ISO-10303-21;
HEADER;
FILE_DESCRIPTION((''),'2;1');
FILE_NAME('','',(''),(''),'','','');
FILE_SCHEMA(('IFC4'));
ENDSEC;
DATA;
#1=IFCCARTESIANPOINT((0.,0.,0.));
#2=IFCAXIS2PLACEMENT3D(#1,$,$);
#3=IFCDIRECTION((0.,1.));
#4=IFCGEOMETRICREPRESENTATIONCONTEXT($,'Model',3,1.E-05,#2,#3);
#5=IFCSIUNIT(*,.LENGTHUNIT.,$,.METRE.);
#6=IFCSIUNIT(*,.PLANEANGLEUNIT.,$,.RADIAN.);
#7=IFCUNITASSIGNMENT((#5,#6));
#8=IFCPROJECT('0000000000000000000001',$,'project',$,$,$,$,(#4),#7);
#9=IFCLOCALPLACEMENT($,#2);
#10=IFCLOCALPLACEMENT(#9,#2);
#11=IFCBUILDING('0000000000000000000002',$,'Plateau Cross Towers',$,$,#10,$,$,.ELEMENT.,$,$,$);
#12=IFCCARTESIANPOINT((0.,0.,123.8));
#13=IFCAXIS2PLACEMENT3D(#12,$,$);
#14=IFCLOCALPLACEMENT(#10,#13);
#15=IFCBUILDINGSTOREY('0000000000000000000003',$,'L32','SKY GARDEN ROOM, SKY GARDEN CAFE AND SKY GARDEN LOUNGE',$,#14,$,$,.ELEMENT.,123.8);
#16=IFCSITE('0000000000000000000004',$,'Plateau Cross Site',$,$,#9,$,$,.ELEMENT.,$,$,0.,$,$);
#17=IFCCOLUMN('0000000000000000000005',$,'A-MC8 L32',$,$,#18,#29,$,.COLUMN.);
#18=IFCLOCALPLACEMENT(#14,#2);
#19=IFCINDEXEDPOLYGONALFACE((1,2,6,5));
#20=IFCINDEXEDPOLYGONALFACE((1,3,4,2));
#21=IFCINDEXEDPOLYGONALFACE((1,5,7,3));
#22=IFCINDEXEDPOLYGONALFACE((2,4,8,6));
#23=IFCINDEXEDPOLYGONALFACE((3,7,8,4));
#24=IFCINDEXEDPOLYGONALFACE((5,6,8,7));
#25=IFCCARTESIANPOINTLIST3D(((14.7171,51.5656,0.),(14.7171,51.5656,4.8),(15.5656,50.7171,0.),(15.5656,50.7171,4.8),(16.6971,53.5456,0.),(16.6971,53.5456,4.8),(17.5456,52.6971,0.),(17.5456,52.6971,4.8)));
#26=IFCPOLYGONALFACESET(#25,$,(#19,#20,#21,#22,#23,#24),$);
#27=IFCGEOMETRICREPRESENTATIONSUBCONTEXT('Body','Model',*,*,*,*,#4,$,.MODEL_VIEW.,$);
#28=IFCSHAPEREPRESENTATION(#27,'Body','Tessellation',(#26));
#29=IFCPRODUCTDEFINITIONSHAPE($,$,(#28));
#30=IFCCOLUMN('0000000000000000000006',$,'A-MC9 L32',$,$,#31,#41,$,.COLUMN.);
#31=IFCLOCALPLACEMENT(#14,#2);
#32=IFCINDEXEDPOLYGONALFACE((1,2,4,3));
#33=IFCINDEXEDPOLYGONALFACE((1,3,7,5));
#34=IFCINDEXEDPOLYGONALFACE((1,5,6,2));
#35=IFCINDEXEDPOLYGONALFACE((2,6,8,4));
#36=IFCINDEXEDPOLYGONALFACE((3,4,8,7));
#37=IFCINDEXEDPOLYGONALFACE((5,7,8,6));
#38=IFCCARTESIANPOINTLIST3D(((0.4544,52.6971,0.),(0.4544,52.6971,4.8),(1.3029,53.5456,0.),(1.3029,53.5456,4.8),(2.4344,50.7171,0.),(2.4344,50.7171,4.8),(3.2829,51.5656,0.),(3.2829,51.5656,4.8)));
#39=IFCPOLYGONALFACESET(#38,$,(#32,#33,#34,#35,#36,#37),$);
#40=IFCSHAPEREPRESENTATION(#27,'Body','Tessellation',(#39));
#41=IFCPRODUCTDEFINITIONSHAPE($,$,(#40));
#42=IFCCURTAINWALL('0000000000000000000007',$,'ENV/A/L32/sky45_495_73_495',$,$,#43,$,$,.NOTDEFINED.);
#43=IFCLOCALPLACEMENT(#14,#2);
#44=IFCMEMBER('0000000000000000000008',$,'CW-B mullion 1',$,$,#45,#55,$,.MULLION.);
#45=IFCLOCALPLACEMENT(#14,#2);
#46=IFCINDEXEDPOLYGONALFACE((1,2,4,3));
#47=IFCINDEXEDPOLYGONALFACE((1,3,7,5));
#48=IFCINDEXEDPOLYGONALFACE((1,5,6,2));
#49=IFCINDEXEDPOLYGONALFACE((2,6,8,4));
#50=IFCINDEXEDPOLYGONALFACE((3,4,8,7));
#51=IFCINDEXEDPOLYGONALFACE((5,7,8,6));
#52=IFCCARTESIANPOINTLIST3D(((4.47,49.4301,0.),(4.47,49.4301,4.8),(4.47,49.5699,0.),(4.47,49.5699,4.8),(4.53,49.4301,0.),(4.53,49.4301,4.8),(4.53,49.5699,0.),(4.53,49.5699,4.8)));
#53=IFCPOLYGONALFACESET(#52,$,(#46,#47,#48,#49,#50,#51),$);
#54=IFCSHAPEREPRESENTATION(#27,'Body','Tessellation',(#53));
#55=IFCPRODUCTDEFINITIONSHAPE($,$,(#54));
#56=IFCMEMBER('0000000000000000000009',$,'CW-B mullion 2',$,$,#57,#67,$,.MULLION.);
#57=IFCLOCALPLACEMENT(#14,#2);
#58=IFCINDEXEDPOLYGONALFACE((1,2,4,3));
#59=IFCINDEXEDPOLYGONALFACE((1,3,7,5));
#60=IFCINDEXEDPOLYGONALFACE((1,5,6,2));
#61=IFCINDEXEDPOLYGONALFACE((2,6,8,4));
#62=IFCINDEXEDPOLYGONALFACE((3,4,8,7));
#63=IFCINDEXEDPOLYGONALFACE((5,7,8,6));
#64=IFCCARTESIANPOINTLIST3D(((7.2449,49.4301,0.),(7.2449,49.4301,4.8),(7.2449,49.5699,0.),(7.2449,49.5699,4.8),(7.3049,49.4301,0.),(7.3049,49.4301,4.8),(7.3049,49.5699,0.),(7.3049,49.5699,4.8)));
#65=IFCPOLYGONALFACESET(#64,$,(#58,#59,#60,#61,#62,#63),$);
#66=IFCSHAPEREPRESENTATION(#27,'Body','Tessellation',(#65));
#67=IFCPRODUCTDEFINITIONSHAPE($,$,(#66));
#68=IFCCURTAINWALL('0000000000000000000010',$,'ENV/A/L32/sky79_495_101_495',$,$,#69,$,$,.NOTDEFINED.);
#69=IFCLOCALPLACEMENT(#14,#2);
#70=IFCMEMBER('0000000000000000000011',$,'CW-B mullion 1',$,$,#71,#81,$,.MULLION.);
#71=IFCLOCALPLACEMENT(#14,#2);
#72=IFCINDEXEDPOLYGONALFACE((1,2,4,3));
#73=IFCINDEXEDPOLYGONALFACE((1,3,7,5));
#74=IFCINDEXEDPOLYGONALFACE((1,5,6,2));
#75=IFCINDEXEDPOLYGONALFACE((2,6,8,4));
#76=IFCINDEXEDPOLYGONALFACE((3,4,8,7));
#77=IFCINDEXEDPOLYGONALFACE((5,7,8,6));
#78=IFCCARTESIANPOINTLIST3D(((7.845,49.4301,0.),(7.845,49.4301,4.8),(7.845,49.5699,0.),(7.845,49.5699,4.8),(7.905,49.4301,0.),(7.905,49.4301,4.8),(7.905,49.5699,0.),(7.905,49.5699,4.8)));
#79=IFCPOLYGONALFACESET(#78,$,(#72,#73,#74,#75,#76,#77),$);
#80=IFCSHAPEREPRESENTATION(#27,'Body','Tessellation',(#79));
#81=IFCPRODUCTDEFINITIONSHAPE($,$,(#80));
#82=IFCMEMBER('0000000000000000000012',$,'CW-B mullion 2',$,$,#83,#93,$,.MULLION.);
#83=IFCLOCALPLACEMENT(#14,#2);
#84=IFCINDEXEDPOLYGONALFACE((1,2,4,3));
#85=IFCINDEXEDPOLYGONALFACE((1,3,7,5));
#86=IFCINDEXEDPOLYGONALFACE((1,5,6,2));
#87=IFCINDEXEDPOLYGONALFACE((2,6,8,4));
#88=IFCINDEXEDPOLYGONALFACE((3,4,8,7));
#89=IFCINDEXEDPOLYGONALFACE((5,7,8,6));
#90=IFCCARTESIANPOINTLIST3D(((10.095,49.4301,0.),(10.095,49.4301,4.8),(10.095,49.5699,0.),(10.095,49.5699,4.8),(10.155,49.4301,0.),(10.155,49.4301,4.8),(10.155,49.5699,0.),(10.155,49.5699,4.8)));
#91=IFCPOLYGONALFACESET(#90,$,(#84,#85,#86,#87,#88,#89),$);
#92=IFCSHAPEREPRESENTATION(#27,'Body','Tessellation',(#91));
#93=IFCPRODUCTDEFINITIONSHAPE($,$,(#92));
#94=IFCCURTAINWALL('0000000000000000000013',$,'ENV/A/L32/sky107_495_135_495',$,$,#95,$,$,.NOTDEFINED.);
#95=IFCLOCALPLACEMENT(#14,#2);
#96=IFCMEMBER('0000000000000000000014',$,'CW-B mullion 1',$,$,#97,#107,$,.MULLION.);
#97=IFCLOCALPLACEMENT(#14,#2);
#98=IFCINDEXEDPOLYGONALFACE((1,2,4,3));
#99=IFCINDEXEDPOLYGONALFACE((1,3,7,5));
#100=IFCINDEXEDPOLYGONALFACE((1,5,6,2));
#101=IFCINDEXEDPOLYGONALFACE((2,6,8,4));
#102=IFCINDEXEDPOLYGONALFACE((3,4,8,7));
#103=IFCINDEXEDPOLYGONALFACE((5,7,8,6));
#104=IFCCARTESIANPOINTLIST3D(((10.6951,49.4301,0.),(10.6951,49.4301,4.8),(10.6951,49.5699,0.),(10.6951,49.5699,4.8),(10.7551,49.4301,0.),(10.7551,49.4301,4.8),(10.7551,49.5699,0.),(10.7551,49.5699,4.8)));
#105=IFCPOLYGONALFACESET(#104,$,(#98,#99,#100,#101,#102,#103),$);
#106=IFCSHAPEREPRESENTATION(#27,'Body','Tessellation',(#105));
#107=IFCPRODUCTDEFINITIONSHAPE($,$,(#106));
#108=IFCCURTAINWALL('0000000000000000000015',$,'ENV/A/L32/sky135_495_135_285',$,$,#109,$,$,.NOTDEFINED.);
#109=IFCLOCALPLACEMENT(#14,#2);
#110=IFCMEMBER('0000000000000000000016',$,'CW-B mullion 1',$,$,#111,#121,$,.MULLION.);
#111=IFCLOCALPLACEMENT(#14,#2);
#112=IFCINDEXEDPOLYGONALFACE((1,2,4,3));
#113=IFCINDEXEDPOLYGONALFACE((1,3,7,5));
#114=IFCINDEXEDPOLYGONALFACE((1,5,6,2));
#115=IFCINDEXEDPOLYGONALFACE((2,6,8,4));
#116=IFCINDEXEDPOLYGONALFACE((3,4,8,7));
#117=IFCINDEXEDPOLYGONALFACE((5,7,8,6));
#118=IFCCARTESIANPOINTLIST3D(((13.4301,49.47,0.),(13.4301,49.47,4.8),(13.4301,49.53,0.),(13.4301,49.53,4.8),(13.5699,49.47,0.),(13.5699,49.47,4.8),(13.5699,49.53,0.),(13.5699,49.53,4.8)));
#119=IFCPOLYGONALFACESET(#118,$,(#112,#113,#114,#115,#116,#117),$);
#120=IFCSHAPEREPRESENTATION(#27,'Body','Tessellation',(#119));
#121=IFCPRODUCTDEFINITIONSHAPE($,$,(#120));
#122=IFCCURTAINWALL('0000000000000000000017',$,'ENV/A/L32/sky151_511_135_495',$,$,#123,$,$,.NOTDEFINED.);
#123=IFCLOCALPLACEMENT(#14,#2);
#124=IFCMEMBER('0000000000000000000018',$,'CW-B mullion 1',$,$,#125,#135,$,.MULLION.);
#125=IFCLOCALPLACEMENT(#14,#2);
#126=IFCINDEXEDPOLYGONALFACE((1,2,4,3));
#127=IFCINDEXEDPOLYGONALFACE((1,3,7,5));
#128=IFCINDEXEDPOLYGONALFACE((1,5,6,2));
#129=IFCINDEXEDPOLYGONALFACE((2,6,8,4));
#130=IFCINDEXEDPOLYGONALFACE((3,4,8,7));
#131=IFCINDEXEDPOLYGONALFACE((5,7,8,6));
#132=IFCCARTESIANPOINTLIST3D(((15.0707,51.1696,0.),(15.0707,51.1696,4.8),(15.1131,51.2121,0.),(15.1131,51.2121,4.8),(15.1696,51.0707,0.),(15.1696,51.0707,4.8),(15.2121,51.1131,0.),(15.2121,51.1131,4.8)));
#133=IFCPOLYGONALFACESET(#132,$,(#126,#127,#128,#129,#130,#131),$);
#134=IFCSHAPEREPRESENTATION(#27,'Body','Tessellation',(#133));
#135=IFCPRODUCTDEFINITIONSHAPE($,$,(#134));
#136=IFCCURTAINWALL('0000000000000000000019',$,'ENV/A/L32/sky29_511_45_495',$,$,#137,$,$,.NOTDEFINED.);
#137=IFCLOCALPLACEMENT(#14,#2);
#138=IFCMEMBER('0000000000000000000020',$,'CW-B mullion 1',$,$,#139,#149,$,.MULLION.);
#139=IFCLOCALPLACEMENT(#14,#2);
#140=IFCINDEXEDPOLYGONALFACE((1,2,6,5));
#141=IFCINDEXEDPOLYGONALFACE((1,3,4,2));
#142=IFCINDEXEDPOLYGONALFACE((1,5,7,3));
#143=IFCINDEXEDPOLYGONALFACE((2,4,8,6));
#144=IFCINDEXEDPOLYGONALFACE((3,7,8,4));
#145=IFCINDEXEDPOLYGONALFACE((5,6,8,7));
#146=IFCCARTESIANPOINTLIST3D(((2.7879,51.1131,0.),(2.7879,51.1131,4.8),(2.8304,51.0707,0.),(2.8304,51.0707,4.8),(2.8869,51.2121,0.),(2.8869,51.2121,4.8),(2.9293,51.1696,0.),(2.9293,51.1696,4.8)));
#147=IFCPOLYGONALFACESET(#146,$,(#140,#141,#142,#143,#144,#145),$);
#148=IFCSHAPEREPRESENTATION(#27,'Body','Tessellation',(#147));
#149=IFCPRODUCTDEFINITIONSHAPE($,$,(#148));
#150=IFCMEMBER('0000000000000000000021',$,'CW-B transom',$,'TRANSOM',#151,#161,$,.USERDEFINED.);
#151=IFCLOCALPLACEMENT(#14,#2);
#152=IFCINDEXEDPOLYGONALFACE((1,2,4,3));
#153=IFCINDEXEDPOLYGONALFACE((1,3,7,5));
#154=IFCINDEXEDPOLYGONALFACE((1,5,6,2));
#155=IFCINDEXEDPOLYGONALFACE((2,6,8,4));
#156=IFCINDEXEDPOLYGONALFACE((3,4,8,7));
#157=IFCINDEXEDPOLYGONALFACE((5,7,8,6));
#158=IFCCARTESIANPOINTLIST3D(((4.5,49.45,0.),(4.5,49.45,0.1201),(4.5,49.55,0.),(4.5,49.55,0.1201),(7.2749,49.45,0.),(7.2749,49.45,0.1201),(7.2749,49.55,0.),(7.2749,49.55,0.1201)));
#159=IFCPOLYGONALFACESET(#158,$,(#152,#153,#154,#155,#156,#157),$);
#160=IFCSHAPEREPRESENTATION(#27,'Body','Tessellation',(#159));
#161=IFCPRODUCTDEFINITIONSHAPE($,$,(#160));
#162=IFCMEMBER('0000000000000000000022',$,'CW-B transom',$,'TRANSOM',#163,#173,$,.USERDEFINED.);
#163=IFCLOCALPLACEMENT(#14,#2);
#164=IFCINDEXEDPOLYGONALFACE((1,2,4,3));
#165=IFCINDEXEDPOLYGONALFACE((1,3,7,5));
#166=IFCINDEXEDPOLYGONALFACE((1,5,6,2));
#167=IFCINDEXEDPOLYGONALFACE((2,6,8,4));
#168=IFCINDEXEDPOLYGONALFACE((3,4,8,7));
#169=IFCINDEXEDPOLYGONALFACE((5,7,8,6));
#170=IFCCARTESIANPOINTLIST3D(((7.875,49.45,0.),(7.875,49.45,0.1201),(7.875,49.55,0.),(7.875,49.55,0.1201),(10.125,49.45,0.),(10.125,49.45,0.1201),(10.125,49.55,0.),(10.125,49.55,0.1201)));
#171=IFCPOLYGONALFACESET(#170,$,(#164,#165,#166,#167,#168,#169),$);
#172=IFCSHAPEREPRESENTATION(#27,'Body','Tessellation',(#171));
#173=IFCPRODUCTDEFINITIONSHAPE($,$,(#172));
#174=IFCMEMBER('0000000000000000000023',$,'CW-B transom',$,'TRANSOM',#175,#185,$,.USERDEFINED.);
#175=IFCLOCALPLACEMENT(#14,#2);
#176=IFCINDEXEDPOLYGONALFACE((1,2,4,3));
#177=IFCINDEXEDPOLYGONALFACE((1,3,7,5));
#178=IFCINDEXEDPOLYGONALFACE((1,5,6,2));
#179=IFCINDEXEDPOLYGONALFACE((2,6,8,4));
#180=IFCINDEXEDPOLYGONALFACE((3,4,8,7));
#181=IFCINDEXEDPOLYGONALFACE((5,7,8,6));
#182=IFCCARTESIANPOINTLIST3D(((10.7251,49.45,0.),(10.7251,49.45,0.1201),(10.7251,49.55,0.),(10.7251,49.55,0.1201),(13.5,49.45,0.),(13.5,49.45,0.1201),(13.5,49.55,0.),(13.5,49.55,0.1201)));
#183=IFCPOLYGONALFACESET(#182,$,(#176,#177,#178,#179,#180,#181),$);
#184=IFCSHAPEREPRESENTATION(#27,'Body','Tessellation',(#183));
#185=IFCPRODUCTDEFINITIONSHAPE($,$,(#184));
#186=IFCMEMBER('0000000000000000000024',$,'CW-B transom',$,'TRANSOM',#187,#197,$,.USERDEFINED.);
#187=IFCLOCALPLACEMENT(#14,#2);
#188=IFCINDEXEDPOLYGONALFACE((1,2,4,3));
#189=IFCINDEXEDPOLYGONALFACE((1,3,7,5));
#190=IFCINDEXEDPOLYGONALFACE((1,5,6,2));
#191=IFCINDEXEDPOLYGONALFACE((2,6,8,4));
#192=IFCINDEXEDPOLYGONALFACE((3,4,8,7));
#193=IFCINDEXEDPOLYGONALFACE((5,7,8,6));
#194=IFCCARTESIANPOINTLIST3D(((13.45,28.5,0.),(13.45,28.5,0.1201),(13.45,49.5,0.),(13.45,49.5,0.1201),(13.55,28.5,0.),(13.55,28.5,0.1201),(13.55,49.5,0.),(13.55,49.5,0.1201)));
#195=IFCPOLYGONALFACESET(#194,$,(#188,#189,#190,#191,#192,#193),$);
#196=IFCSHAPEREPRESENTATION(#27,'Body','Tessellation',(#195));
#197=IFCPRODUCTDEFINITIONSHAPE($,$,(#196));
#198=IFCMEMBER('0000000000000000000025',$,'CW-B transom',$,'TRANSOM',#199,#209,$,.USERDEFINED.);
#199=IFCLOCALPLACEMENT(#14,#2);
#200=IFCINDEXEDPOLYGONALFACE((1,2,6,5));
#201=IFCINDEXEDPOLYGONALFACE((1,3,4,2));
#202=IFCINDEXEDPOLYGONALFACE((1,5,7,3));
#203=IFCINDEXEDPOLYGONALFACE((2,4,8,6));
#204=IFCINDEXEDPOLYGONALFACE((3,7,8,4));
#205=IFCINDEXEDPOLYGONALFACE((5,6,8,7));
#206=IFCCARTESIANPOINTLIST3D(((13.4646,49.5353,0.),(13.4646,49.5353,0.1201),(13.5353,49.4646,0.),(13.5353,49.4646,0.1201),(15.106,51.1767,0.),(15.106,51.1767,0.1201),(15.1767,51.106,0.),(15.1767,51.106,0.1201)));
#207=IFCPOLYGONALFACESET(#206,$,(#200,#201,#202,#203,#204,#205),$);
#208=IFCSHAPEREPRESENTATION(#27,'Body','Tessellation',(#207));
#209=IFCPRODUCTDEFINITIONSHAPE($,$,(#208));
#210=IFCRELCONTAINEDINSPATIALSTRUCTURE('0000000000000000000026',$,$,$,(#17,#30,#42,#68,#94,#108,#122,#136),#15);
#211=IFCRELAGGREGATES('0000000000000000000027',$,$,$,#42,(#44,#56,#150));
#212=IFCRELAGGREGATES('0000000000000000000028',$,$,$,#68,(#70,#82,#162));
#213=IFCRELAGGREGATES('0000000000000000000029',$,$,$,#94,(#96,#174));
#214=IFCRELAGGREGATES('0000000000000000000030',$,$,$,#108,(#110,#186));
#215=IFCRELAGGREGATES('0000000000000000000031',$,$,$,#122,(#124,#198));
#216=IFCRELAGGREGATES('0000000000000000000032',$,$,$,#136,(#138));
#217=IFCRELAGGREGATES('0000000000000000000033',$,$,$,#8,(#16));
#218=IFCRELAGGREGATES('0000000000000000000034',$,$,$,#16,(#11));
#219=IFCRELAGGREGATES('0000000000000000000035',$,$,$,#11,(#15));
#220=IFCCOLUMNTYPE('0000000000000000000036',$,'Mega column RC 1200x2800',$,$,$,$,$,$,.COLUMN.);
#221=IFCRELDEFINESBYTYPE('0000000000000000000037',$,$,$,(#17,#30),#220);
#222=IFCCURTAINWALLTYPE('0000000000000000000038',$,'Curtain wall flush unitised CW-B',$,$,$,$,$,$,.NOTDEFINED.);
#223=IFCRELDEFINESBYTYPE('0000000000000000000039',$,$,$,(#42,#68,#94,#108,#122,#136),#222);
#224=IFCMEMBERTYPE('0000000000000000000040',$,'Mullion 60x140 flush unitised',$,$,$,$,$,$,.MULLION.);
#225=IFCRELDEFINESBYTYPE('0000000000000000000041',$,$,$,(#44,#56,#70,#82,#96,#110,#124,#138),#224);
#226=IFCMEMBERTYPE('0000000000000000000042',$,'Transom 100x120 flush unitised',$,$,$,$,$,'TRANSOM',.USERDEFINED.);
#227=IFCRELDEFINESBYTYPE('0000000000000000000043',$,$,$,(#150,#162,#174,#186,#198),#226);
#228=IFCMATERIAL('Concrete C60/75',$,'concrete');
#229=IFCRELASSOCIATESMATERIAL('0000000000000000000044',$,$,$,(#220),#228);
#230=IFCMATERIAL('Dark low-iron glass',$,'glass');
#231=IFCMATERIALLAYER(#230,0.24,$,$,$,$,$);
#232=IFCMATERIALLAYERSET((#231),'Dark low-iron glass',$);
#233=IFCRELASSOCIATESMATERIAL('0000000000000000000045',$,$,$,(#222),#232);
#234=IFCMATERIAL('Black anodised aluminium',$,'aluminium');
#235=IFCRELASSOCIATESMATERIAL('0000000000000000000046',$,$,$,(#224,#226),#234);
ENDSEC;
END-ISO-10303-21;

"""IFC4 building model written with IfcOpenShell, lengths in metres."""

from ifc_helpers import new_model, si_unit, direction, frame, origin, origin_2d, place, context, subcontext, project, spatial, rectangle, extrude, material, layer, layer_set, material_profile, profile_set, type_object, element, aggregate, save


model = new_model("IFC4")

# Units and contexts
model_context = context("Model", 3, precision=1e-05, world=origin(), true_north=direction((0.0, 1.0)))
body_context = subcontext(model_context, "Body", "Model", "MODEL_VIEW")
ifc_project = project(units=[si_unit("LENGTHUNIT", "METRE"), si_unit("PLANEANGLEUNIT", "RADIAN")], contexts=[model_context])

# Site, building, storey
site_placement = place(None, origin())
site = spatial("IfcSite", under=ifc_project, at=site_placement, Name="Plateau Cross Site", CompositionType="ELEMENT", RefElevation=0.0)
building_placement = place(site_placement, origin())
building = spatial("IfcBuilding", under=site, at=building_placement, Name="Plateau Cross Towers", CompositionType="ELEMENT")
storey_placement = place(building_placement, frame((0.0, 0.0, 123.8)))
storey = spatial("IfcBuildingStorey", under=building, at=storey_placement, Name="L32", Description="SKY GARDEN ROOM, SKY GARDEN CAFE AND SKY GARDEN LOUNGE", CompositionType="ELEMENT", Elevation=123.8)

# Columns
ifc_material_1 = material(Name="Concrete C60/75", Category="concrete")
ifc_material_profile_1 = material_profile(ifc_material_1, rectangle(XDim=1.2, YDim=2.8, at=origin_2d()), Name="RC 1200x2800")
ifc_profile_set_1 = profile_set([ifc_material_profile_1], Name="Concrete C60/75")
column_type = type_object("IfcColumnType", Name="Mega column RC 1200x2800", PredefinedType="COLUMN", material=ifc_profile_set_1)
for number, where, z_axis, x_axis, name in (
    (1, (16.1313, 52.1313, 0.0), (0.0, 0.0, 1.0), (-0.707107, 0.707107, 0.0), "A-MC8 L32"),
    (2, (1.8687, 52.1313, 0.0), (0.0, 0.0, 1.0), (0.707107, 0.707107, 0.0), "A-MC9 L32"),
):
    element("IfcColumn", number, at=place(storey_placement, frame(where, z_axis=z_axis, x_axis=x_axis)), inside=storey, type_object=column_type, Name=name, PredefinedType="COLUMN", context=body_context, shape_type="SweptSolid", body=[
        extrude(rectangle(XDim=1.2, YDim=2.8, at=origin_2d()), origin(), (0.0, 0.0, 1.0), 4.8),
    ])

# Curtain walls, members
ifc_material_2 = material(Name="Dark low-iron glass", Category="glass")
ifc_layer_1 = layer(ifc_material_2, 0.24)
ifc_layer_set_1 = layer_set([ifc_layer_1], Name="Dark low-iron glass")
curtain_wall_type = type_object("IfcCurtainWallType", Name="Curtain wall flush unitised CW-B", PredefinedType="NOTDEFINED", material=ifc_layer_set_1)
curtain_wall_1_placement = place(storey_placement, origin())
curtain_wall_1 = element("IfcCurtainWall", 3, at=curtain_wall_1_placement, inside=storey, type_object=curtain_wall_type, Name="ENV/A/L32/sky45_495_73_495", PredefinedType="NOTDEFINED")
ifc_material_3 = material(Name="Black anodised aluminium", Category="aluminium")
ifc_material_profile_2 = material_profile(ifc_material_3, rectangle(XDim=0.0601, YDim=0.1399, at=origin_2d()), Name="MULLION 60x140")
ifc_profile_set_2 = profile_set([ifc_material_profile_2], Name="Black anodised aluminium")
member_type_1 = type_object("IfcMemberType", Name="Mullion 60x140 flush unitised", PredefinedType="MULLION", material=ifc_profile_set_2)
member_1_placement = place(storey_placement, frame((4.5, 49.5, 0.0), z_axis=(0.0, 0.0, 1.0), x_axis=(1.0, 0.0, 0.0)))
member_1 = element("IfcMember", 4, at=member_1_placement, type_object=member_type_1, Name="CW-B mullion 1", PredefinedType="MULLION", context=body_context, shape_type="SweptSolid", body=[
    extrude(rectangle(XDim=0.0601, YDim=0.1399, at=origin_2d()), origin(), (0.0, 0.0, 1.0), 4.8),
])
member_2_placement = place(storey_placement, frame((7.2749, 49.5, 0.0), z_axis=(0.0, 0.0, 1.0), x_axis=(1.0, 0.0, 0.0)))
member_2 = element("IfcMember", 5, at=member_2_placement, type_object=member_type_1, Name="CW-B mullion 2", PredefinedType="MULLION", context=body_context, shape_type="SweptSolid", body=[
    extrude(rectangle(XDim=0.0601, YDim=0.1399, at=origin_2d()), origin(), (0.0, 0.0, 1.0), 4.8),
])
curtain_wall_2_placement = place(storey_placement, origin())
curtain_wall_2 = element("IfcCurtainWall", 6, at=curtain_wall_2_placement, inside=storey, type_object=curtain_wall_type, Name="ENV/A/L32/sky79_495_101_495", PredefinedType="NOTDEFINED")
member_3_placement = place(storey_placement, frame((7.875, 49.5, 0.0), z_axis=(0.0, 0.0, 1.0), x_axis=(1.0, 0.0, 0.0)))
member_3 = element("IfcMember", 7, at=member_3_placement, type_object=member_type_1, Name="CW-B mullion 1", PredefinedType="MULLION", context=body_context, shape_type="SweptSolid", body=[
    extrude(rectangle(XDim=0.0601, YDim=0.1399, at=origin_2d()), origin(), (0.0, 0.0, 1.0), 4.8),
])
member_4_placement = place(storey_placement, frame((10.125, 49.5, 0.0), z_axis=(0.0, 0.0, 1.0), x_axis=(1.0, 0.0, 0.0)))
member_4 = element("IfcMember", 8, at=member_4_placement, type_object=member_type_1, Name="CW-B mullion 2", PredefinedType="MULLION", context=body_context, shape_type="SweptSolid", body=[
    extrude(rectangle(XDim=0.0601, YDim=0.1399, at=origin_2d()), origin(), (0.0, 0.0, 1.0), 4.8),
])

# Curtain walls, members
curtain_wall_3_placement = place(storey_placement, origin())
curtain_wall_3 = element("IfcCurtainWall", 9, at=curtain_wall_3_placement, inside=storey, type_object=curtain_wall_type, Name="ENV/A/L32/sky107_495_135_495", PredefinedType="NOTDEFINED")
member_5_placement = place(storey_placement, frame((10.7251, 49.5, 0.0), z_axis=(0.0, 0.0, 1.0), x_axis=(1.0, 0.0, 0.0)))
member_5 = element("IfcMember", 10, at=member_5_placement, type_object=member_type_1, Name="CW-B mullion 1", PredefinedType="MULLION", context=body_context, shape_type="SweptSolid", body=[
    extrude(rectangle(XDim=0.0601, YDim=0.1399, at=origin_2d()), origin(), (0.0, 0.0, 1.0), 4.8),
])
curtain_wall_4_placement = place(storey_placement, origin())
curtain_wall_4 = element("IfcCurtainWall", 11, at=curtain_wall_4_placement, inside=storey, type_object=curtain_wall_type, Name="ENV/A/L32/sky135_495_135_285", PredefinedType="NOTDEFINED")
member_6_placement = place(storey_placement, frame((13.5, 49.5, 0.0), z_axis=(0.0, 0.0, 1.0), x_axis=(0.0, -1.0, 0.0)))
member_6 = element("IfcMember", 12, at=member_6_placement, type_object=member_type_1, Name="CW-B mullion 1", PredefinedType="MULLION", context=body_context, shape_type="SweptSolid", body=[
    extrude(rectangle(XDim=0.0601, YDim=0.1399, at=origin_2d()), origin(), (0.0, 0.0, 1.0), 4.8),
])
curtain_wall_5_placement = place(storey_placement, origin())
curtain_wall_5 = element("IfcCurtainWall", 13, at=curtain_wall_5_placement, inside=storey, type_object=curtain_wall_type, Name="ENV/A/L32/sky151_511_135_495", PredefinedType="NOTDEFINED")
member_7_placement = place(storey_placement, frame((15.1414, 51.1414, 0.0), z_axis=(0.0, 0.0, 1.0), x_axis=(-0.707107, -0.707107, 0.0)))
member_7 = element("IfcMember", 14, at=member_7_placement, type_object=member_type_1, Name="CW-B mullion 1", PredefinedType="MULLION", context=body_context, shape_type="SweptSolid", body=[
    extrude(rectangle(XDim=0.0601, YDim=0.1399, at=origin_2d()), origin(), (0.0, 0.0, 1.0), 4.8),
])
curtain_wall_6_placement = place(storey_placement, origin())
curtain_wall_6 = element("IfcCurtainWall", 15, at=curtain_wall_6_placement, inside=storey, type_object=curtain_wall_type, Name="ENV/A/L32/sky29_511_45_495", PredefinedType="NOTDEFINED")
member_8_placement = place(storey_placement, frame((2.8586, 51.1414, 0.0), z_axis=(0.0, 0.0, 1.0), x_axis=(0.707107, -0.707107, 0.0)))
member_8 = element("IfcMember", 16, at=member_8_placement, type_object=member_type_1, Name="CW-B mullion 1", PredefinedType="MULLION", context=body_context, shape_type="SweptSolid", body=[
    extrude(rectangle(XDim=0.0601, YDim=0.1399, at=origin_2d()), origin(), (0.0, 0.0, 1.0), 4.8),
])

# Members
ifc_material_profile_3 = material_profile(ifc_material_3, rectangle(XDim=0.1001, YDim=0.1201, at=origin_2d()), Name="TRANSOM 100x120")
ifc_profile_set_3 = profile_set([ifc_material_profile_3], Name="Black anodised aluminium")
member_type_2 = type_object("IfcMemberType", Name="Transom 100x120 flush unitised", ElementType="TRANSOM", PredefinedType="USERDEFINED", material=ifc_profile_set_3)
member_9_placement = place(storey_placement, frame((4.5, 49.5, 0.0601), z_axis=(1.0, 0.0, 0.0), x_axis=(0.0, 1.0, 0.0)))
member_9 = element("IfcMember", 17, at=member_9_placement, type_object=member_type_2, Name="CW-B transom", ObjectType="TRANSOM", PredefinedType="USERDEFINED", context=body_context, shape_type="SweptSolid", body=[
    extrude(rectangle(XDim=0.1001, YDim=0.1201, at=origin_2d()), origin(), (0.0, 0.0, 1.0), 2.7749),
])
member_10_placement = place(storey_placement, frame((7.875, 49.5, 0.0601), z_axis=(1.0, 0.0, 0.0), x_axis=(0.0, 1.0, 0.0)))
member_10 = element("IfcMember", 18, at=member_10_placement, type_object=member_type_2, Name="CW-B transom", ObjectType="TRANSOM", PredefinedType="USERDEFINED", context=body_context, shape_type="SweptSolid", body=[
    extrude(rectangle(XDim=0.1001, YDim=0.1201, at=origin_2d()), origin(), (0.0, 0.0, 1.0), 2.25),
])
member_11_placement = place(storey_placement, frame((10.7251, 49.5, 0.0601), z_axis=(1.0, 0.0, 0.0), x_axis=(0.0, 1.0, 0.0)))
member_11 = element("IfcMember", 19, at=member_11_placement, type_object=member_type_2, Name="CW-B transom", ObjectType="TRANSOM", PredefinedType="USERDEFINED", context=body_context, shape_type="SweptSolid", body=[
    extrude(rectangle(XDim=0.1001, YDim=0.1201, at=origin_2d()), origin(), (0.0, 0.0, 1.0), 2.7749),
])
member_12_placement = place(storey_placement, frame((13.5, 49.5, 0.0601), z_axis=(0.0, -1.0, 0.0), x_axis=(1.0, 0.0, 0.0)))
member_12 = element("IfcMember", 20, at=member_12_placement, type_object=member_type_2, Name="CW-B transom", ObjectType="TRANSOM", PredefinedType="USERDEFINED", context=body_context, shape_type="SweptSolid", body=[
    extrude(rectangle(XDim=0.1001, YDim=0.1201, at=origin_2d()), origin(), (0.0, 0.0, 1.0), 21.0),
])
member_13_placement = place(storey_placement, frame((15.1414, 51.1414, 0.0601), z_axis=(-0.707107, -0.707107, 0.0), x_axis=(0.707107, -0.707107, 0.0)))
member_13 = element("IfcMember", 21, at=member_13_placement, type_object=member_type_2, Name="CW-B transom", ObjectType="TRANSOM", PredefinedType="USERDEFINED", context=body_context, shape_type="SweptSolid", body=[
    extrude(rectangle(XDim=0.1001, YDim=0.1201, at=origin_2d()), origin(), (0.0, 0.0, 1.0), 2.3213),
])

aggregate(curtain_wall_1, [member_1, member_2, member_9])
aggregate(curtain_wall_2, [member_3, member_4, member_10])
aggregate(curtain_wall_3, [member_5, member_11])
aggregate(curtain_wall_4, [member_6, member_12])

aggregate(curtain_wall_5, [member_7, member_13])
aggregate(curtain_wall_6, [member_8])

save(model, "model.ifc")
